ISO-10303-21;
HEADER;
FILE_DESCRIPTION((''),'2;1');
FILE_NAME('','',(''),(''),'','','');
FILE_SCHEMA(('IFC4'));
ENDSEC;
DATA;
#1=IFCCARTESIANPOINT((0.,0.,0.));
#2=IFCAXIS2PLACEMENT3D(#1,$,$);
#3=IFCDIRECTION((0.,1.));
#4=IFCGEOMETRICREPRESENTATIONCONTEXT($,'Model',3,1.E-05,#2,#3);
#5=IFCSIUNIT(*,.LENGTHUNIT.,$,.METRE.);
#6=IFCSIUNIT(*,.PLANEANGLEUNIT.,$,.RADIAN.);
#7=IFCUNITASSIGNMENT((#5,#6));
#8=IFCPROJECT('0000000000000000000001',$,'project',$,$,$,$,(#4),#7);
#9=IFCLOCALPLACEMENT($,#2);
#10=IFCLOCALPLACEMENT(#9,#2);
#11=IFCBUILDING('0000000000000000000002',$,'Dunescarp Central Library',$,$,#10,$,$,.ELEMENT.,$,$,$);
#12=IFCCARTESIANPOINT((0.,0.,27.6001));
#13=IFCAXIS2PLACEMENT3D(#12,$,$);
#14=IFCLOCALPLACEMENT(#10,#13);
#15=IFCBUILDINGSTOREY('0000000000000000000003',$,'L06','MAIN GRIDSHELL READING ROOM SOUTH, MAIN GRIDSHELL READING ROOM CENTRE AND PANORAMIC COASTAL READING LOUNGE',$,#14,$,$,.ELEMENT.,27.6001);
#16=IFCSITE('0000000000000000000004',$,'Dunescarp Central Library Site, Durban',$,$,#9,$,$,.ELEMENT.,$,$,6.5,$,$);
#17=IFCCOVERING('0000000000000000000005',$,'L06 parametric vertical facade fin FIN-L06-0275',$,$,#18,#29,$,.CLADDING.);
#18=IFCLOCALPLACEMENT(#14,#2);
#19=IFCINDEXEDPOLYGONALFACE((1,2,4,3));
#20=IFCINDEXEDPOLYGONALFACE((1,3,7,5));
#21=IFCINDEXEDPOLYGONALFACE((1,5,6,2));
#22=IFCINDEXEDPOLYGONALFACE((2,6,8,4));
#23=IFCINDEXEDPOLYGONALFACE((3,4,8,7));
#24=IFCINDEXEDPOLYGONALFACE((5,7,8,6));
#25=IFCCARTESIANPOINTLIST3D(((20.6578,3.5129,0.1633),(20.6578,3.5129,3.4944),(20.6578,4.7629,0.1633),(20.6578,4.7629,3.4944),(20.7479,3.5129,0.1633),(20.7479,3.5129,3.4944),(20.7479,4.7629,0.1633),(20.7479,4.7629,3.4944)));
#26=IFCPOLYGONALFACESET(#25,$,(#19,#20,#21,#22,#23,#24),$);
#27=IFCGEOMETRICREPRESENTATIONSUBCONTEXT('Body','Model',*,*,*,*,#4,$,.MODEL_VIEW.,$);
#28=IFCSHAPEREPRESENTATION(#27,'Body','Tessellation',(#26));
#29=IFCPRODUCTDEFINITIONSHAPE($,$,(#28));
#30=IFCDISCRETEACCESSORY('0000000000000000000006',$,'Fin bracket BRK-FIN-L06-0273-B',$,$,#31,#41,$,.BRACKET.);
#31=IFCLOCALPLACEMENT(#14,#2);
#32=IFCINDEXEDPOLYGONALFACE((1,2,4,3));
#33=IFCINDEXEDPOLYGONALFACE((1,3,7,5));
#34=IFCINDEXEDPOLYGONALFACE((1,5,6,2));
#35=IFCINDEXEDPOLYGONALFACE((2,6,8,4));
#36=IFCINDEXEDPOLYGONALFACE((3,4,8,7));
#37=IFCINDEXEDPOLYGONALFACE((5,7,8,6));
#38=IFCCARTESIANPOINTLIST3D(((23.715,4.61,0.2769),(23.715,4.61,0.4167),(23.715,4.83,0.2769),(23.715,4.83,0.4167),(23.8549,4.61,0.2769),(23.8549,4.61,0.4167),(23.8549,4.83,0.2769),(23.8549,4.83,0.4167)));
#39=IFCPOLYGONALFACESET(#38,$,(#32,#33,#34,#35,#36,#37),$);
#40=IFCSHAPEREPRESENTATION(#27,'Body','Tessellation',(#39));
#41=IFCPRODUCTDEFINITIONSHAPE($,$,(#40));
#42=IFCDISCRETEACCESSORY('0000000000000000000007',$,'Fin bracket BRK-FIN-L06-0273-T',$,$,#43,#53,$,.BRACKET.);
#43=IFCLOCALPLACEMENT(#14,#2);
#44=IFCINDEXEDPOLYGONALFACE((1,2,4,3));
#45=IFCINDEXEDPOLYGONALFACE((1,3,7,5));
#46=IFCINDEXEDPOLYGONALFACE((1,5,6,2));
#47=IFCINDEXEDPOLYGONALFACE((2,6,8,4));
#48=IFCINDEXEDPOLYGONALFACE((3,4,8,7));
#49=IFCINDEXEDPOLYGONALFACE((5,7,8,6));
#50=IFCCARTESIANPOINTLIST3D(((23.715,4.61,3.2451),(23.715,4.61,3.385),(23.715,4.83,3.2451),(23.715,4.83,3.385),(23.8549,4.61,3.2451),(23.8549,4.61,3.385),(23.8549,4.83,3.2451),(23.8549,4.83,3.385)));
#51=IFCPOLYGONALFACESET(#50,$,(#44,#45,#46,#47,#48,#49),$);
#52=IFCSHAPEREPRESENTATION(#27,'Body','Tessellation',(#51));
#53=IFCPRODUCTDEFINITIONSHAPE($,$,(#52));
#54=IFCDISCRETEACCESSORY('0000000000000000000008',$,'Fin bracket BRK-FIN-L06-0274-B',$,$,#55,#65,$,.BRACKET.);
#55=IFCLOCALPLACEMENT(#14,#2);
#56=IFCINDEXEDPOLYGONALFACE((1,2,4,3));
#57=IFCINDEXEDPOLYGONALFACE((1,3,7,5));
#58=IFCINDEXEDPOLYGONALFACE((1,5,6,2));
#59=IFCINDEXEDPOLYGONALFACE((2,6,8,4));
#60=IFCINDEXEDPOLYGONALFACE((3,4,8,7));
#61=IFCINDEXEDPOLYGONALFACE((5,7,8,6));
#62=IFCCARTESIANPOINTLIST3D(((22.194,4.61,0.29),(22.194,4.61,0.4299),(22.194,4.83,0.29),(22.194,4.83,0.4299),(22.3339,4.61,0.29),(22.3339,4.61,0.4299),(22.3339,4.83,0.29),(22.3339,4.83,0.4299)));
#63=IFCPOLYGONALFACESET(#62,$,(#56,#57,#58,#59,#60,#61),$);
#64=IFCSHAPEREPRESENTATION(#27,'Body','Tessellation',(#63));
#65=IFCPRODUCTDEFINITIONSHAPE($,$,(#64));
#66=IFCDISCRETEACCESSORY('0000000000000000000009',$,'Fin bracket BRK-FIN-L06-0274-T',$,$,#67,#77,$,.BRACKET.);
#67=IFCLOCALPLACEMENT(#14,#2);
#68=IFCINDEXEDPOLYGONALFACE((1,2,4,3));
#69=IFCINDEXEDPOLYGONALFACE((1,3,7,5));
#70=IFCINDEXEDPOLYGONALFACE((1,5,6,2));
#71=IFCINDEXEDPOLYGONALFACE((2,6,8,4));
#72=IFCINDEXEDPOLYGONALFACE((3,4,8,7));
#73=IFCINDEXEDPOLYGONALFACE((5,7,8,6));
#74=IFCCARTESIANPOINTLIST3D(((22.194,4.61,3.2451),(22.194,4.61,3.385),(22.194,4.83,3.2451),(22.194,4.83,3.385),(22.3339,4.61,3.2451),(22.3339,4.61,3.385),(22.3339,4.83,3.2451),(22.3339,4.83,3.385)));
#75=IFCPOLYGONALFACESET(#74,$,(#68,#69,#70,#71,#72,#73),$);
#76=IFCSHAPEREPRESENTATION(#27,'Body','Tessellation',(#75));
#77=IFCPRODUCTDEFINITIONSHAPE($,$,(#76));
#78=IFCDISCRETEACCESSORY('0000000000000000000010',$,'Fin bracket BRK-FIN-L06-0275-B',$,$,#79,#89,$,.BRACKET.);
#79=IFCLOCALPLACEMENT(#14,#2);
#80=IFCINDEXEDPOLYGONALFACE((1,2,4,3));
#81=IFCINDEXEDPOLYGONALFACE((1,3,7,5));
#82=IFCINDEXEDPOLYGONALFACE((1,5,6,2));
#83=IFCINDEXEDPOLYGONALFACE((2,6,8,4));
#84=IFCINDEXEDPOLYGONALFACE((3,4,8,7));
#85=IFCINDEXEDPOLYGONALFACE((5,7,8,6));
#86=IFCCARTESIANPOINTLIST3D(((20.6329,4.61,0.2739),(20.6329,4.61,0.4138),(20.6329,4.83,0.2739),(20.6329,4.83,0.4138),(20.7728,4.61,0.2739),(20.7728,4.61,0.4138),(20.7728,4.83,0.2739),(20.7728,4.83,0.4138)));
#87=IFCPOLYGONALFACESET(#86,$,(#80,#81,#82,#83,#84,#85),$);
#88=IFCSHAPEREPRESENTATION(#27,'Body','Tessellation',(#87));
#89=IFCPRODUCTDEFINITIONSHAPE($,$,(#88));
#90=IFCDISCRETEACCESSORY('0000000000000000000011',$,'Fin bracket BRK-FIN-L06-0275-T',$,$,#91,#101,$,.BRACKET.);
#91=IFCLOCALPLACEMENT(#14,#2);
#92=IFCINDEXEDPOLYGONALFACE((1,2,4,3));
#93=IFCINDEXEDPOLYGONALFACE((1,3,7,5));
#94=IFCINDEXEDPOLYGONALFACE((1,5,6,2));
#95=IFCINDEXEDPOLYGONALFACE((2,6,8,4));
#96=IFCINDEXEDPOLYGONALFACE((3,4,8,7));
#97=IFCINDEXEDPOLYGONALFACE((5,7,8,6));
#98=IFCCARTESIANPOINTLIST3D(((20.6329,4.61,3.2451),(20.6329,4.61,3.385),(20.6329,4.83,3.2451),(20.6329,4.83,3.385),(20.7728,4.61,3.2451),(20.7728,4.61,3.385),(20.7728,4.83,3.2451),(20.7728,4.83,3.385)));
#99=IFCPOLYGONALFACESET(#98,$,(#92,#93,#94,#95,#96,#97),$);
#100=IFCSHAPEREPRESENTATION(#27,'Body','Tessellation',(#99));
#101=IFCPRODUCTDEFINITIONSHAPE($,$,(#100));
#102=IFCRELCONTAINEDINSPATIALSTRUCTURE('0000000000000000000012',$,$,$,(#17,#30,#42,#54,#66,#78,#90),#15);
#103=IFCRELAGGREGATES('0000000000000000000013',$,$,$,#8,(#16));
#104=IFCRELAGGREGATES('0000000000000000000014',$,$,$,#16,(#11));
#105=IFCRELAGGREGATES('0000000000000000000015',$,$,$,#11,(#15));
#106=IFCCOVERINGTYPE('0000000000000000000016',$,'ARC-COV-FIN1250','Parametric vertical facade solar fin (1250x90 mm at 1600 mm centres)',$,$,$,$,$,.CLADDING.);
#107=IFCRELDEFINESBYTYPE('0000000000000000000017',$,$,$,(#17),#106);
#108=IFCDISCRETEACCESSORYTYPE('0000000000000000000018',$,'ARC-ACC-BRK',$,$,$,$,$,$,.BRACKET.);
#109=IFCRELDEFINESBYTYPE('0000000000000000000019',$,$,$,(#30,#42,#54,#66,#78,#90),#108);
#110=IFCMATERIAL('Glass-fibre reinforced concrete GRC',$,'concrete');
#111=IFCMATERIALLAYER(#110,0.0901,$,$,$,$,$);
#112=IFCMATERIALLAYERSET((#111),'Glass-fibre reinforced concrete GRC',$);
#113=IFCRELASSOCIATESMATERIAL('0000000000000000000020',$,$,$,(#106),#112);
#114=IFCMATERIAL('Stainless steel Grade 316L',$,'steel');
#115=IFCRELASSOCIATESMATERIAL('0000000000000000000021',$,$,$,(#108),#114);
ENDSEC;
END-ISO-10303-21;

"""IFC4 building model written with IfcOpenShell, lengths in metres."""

from ifc_helpers import new_model, si_unit, direction, frame, origin, origin_2d, place, context, subcontext, project, spatial, rectangle, extrude, material, layer, layer_set, type_object, element, save


model = new_model("IFC4")

# Units and contexts
model_context = context("Model", 3, precision=1e-05, world=origin(), true_north=direction((0.0, 1.0)))
body_context = subcontext(model_context, "Body", "Model", "MODEL_VIEW")
ifc_project = project(units=[si_unit("LENGTHUNIT", "METRE"), si_unit("PLANEANGLEUNIT", "RADIAN")], contexts=[model_context])

# Site, building, storey
site_placement = place(None, origin())
site = spatial("IfcSite", under=ifc_project, at=site_placement, Name="Dunescarp Central Library Site, Durban", CompositionType="ELEMENT", RefElevation=6.5)
building_placement = place(site_placement, origin())
building = spatial("IfcBuilding", under=site, at=building_placement, Name="Dunescarp Central Library", CompositionType="ELEMENT")
storey_placement = place(building_placement, frame((0.0, 0.0, 27.6001)))
storey = spatial("IfcBuildingStorey", under=building, at=storey_placement, Name="L06", Description="MAIN GRIDSHELL READING ROOM SOUTH, MAIN GRIDSHELL READING ROOM CENTRE AND PANORAMIC COASTAL READING LOUNGE", CompositionType="ELEMENT", Elevation=27.6001)

# Covering
ifc_material_1 = material(Name="Glass-fibre reinforced concrete GRC", Category="concrete")
ifc_layer_1 = layer(ifc_material_1, 0.0901)
ifc_layer_set_1 = layer_set([ifc_layer_1], Name="Glass-fibre reinforced concrete GRC")
covering_type = type_object("IfcCoveringType", Name="ARC-COV-FIN1250", Description="Parametric vertical facade solar fin (1250x90 mm at 1600 mm centres)", PredefinedType="CLADDING", material=ifc_layer_set_1)
covering_1_placement = place(storey_placement, frame((20.7029, 4.1379, 0.1633), z_axis=(0.0, 0.0, 1.0), x_axis=(0.0, -1.0, 0.0)))
element("IfcCovering", 1, at=covering_1_placement, inside=storey, type_object=covering_type, Name="L06 parametric vertical facade fin FIN-L06-0275", PredefinedType="CLADDING", context=body_context, shape_type="SweptSolid", body=[
    extrude(rectangle(XDim=1.25, YDim=0.0901, at=origin_2d()), origin(), (0.0, 0.0, 1.0), 3.3311),
])

# Discrete accessories
ifc_material_2 = material(Name="Stainless steel Grade 316L", Category="steel")
discrete_accessory_type = type_object("IfcDiscreteAccessoryType", Name="ARC-ACC-BRK", PredefinedType="BRACKET", material=ifc_material_2)
for number, where, z_axis, x_axis, name in (
    (2, (23.7849, 4.72, 0.2769), (0.0, 0.0, 1.0), (0.0, -1.0, 0.0), "Fin bracket BRK-FIN-L06-0273-B"),
    (3, (23.7849, 4.72, 3.2451), (0.0, 0.0, 1.0), (0.0, -1.0, 0.0), "Fin bracket BRK-FIN-L06-0273-T"),
    (4, (22.2639, 4.72, 0.29), (0.0, 0.0, 1.0), (0.0, -1.0, 0.0), "Fin bracket BRK-FIN-L06-0274-B"),
    (5, (22.2639, 4.72, 3.2451), (0.0, 0.0, 1.0), (0.0, -1.0, 0.0), "Fin bracket BRK-FIN-L06-0274-T"),
    (6, (20.7029, 4.72, 0.2739), (0.0, 0.0, 1.0), (0.0, -1.0, 0.0), "Fin bracket BRK-FIN-L06-0275-B"),
    (7, (20.7029, 4.72, 3.2451), (0.0, 0.0, 1.0), (0.0, -1.0, 0.0), "Fin bracket BRK-FIN-L06-0275-T"),
):
    element("IfcDiscreteAccessory", number, at=place(storey_placement, frame(where, z_axis=z_axis, x_axis=x_axis)), inside=storey, type_object=discrete_accessory_type, Name=name, PredefinedType="BRACKET", context=body_context, shape_type="SweptSolid", body=[
        extrude(rectangle(XDim=0.22, YDim=0.1399, at=origin_2d()), origin(), (0.0, 0.0, 1.0), 0.1399),
    ])

save(model, "model.ifc")
